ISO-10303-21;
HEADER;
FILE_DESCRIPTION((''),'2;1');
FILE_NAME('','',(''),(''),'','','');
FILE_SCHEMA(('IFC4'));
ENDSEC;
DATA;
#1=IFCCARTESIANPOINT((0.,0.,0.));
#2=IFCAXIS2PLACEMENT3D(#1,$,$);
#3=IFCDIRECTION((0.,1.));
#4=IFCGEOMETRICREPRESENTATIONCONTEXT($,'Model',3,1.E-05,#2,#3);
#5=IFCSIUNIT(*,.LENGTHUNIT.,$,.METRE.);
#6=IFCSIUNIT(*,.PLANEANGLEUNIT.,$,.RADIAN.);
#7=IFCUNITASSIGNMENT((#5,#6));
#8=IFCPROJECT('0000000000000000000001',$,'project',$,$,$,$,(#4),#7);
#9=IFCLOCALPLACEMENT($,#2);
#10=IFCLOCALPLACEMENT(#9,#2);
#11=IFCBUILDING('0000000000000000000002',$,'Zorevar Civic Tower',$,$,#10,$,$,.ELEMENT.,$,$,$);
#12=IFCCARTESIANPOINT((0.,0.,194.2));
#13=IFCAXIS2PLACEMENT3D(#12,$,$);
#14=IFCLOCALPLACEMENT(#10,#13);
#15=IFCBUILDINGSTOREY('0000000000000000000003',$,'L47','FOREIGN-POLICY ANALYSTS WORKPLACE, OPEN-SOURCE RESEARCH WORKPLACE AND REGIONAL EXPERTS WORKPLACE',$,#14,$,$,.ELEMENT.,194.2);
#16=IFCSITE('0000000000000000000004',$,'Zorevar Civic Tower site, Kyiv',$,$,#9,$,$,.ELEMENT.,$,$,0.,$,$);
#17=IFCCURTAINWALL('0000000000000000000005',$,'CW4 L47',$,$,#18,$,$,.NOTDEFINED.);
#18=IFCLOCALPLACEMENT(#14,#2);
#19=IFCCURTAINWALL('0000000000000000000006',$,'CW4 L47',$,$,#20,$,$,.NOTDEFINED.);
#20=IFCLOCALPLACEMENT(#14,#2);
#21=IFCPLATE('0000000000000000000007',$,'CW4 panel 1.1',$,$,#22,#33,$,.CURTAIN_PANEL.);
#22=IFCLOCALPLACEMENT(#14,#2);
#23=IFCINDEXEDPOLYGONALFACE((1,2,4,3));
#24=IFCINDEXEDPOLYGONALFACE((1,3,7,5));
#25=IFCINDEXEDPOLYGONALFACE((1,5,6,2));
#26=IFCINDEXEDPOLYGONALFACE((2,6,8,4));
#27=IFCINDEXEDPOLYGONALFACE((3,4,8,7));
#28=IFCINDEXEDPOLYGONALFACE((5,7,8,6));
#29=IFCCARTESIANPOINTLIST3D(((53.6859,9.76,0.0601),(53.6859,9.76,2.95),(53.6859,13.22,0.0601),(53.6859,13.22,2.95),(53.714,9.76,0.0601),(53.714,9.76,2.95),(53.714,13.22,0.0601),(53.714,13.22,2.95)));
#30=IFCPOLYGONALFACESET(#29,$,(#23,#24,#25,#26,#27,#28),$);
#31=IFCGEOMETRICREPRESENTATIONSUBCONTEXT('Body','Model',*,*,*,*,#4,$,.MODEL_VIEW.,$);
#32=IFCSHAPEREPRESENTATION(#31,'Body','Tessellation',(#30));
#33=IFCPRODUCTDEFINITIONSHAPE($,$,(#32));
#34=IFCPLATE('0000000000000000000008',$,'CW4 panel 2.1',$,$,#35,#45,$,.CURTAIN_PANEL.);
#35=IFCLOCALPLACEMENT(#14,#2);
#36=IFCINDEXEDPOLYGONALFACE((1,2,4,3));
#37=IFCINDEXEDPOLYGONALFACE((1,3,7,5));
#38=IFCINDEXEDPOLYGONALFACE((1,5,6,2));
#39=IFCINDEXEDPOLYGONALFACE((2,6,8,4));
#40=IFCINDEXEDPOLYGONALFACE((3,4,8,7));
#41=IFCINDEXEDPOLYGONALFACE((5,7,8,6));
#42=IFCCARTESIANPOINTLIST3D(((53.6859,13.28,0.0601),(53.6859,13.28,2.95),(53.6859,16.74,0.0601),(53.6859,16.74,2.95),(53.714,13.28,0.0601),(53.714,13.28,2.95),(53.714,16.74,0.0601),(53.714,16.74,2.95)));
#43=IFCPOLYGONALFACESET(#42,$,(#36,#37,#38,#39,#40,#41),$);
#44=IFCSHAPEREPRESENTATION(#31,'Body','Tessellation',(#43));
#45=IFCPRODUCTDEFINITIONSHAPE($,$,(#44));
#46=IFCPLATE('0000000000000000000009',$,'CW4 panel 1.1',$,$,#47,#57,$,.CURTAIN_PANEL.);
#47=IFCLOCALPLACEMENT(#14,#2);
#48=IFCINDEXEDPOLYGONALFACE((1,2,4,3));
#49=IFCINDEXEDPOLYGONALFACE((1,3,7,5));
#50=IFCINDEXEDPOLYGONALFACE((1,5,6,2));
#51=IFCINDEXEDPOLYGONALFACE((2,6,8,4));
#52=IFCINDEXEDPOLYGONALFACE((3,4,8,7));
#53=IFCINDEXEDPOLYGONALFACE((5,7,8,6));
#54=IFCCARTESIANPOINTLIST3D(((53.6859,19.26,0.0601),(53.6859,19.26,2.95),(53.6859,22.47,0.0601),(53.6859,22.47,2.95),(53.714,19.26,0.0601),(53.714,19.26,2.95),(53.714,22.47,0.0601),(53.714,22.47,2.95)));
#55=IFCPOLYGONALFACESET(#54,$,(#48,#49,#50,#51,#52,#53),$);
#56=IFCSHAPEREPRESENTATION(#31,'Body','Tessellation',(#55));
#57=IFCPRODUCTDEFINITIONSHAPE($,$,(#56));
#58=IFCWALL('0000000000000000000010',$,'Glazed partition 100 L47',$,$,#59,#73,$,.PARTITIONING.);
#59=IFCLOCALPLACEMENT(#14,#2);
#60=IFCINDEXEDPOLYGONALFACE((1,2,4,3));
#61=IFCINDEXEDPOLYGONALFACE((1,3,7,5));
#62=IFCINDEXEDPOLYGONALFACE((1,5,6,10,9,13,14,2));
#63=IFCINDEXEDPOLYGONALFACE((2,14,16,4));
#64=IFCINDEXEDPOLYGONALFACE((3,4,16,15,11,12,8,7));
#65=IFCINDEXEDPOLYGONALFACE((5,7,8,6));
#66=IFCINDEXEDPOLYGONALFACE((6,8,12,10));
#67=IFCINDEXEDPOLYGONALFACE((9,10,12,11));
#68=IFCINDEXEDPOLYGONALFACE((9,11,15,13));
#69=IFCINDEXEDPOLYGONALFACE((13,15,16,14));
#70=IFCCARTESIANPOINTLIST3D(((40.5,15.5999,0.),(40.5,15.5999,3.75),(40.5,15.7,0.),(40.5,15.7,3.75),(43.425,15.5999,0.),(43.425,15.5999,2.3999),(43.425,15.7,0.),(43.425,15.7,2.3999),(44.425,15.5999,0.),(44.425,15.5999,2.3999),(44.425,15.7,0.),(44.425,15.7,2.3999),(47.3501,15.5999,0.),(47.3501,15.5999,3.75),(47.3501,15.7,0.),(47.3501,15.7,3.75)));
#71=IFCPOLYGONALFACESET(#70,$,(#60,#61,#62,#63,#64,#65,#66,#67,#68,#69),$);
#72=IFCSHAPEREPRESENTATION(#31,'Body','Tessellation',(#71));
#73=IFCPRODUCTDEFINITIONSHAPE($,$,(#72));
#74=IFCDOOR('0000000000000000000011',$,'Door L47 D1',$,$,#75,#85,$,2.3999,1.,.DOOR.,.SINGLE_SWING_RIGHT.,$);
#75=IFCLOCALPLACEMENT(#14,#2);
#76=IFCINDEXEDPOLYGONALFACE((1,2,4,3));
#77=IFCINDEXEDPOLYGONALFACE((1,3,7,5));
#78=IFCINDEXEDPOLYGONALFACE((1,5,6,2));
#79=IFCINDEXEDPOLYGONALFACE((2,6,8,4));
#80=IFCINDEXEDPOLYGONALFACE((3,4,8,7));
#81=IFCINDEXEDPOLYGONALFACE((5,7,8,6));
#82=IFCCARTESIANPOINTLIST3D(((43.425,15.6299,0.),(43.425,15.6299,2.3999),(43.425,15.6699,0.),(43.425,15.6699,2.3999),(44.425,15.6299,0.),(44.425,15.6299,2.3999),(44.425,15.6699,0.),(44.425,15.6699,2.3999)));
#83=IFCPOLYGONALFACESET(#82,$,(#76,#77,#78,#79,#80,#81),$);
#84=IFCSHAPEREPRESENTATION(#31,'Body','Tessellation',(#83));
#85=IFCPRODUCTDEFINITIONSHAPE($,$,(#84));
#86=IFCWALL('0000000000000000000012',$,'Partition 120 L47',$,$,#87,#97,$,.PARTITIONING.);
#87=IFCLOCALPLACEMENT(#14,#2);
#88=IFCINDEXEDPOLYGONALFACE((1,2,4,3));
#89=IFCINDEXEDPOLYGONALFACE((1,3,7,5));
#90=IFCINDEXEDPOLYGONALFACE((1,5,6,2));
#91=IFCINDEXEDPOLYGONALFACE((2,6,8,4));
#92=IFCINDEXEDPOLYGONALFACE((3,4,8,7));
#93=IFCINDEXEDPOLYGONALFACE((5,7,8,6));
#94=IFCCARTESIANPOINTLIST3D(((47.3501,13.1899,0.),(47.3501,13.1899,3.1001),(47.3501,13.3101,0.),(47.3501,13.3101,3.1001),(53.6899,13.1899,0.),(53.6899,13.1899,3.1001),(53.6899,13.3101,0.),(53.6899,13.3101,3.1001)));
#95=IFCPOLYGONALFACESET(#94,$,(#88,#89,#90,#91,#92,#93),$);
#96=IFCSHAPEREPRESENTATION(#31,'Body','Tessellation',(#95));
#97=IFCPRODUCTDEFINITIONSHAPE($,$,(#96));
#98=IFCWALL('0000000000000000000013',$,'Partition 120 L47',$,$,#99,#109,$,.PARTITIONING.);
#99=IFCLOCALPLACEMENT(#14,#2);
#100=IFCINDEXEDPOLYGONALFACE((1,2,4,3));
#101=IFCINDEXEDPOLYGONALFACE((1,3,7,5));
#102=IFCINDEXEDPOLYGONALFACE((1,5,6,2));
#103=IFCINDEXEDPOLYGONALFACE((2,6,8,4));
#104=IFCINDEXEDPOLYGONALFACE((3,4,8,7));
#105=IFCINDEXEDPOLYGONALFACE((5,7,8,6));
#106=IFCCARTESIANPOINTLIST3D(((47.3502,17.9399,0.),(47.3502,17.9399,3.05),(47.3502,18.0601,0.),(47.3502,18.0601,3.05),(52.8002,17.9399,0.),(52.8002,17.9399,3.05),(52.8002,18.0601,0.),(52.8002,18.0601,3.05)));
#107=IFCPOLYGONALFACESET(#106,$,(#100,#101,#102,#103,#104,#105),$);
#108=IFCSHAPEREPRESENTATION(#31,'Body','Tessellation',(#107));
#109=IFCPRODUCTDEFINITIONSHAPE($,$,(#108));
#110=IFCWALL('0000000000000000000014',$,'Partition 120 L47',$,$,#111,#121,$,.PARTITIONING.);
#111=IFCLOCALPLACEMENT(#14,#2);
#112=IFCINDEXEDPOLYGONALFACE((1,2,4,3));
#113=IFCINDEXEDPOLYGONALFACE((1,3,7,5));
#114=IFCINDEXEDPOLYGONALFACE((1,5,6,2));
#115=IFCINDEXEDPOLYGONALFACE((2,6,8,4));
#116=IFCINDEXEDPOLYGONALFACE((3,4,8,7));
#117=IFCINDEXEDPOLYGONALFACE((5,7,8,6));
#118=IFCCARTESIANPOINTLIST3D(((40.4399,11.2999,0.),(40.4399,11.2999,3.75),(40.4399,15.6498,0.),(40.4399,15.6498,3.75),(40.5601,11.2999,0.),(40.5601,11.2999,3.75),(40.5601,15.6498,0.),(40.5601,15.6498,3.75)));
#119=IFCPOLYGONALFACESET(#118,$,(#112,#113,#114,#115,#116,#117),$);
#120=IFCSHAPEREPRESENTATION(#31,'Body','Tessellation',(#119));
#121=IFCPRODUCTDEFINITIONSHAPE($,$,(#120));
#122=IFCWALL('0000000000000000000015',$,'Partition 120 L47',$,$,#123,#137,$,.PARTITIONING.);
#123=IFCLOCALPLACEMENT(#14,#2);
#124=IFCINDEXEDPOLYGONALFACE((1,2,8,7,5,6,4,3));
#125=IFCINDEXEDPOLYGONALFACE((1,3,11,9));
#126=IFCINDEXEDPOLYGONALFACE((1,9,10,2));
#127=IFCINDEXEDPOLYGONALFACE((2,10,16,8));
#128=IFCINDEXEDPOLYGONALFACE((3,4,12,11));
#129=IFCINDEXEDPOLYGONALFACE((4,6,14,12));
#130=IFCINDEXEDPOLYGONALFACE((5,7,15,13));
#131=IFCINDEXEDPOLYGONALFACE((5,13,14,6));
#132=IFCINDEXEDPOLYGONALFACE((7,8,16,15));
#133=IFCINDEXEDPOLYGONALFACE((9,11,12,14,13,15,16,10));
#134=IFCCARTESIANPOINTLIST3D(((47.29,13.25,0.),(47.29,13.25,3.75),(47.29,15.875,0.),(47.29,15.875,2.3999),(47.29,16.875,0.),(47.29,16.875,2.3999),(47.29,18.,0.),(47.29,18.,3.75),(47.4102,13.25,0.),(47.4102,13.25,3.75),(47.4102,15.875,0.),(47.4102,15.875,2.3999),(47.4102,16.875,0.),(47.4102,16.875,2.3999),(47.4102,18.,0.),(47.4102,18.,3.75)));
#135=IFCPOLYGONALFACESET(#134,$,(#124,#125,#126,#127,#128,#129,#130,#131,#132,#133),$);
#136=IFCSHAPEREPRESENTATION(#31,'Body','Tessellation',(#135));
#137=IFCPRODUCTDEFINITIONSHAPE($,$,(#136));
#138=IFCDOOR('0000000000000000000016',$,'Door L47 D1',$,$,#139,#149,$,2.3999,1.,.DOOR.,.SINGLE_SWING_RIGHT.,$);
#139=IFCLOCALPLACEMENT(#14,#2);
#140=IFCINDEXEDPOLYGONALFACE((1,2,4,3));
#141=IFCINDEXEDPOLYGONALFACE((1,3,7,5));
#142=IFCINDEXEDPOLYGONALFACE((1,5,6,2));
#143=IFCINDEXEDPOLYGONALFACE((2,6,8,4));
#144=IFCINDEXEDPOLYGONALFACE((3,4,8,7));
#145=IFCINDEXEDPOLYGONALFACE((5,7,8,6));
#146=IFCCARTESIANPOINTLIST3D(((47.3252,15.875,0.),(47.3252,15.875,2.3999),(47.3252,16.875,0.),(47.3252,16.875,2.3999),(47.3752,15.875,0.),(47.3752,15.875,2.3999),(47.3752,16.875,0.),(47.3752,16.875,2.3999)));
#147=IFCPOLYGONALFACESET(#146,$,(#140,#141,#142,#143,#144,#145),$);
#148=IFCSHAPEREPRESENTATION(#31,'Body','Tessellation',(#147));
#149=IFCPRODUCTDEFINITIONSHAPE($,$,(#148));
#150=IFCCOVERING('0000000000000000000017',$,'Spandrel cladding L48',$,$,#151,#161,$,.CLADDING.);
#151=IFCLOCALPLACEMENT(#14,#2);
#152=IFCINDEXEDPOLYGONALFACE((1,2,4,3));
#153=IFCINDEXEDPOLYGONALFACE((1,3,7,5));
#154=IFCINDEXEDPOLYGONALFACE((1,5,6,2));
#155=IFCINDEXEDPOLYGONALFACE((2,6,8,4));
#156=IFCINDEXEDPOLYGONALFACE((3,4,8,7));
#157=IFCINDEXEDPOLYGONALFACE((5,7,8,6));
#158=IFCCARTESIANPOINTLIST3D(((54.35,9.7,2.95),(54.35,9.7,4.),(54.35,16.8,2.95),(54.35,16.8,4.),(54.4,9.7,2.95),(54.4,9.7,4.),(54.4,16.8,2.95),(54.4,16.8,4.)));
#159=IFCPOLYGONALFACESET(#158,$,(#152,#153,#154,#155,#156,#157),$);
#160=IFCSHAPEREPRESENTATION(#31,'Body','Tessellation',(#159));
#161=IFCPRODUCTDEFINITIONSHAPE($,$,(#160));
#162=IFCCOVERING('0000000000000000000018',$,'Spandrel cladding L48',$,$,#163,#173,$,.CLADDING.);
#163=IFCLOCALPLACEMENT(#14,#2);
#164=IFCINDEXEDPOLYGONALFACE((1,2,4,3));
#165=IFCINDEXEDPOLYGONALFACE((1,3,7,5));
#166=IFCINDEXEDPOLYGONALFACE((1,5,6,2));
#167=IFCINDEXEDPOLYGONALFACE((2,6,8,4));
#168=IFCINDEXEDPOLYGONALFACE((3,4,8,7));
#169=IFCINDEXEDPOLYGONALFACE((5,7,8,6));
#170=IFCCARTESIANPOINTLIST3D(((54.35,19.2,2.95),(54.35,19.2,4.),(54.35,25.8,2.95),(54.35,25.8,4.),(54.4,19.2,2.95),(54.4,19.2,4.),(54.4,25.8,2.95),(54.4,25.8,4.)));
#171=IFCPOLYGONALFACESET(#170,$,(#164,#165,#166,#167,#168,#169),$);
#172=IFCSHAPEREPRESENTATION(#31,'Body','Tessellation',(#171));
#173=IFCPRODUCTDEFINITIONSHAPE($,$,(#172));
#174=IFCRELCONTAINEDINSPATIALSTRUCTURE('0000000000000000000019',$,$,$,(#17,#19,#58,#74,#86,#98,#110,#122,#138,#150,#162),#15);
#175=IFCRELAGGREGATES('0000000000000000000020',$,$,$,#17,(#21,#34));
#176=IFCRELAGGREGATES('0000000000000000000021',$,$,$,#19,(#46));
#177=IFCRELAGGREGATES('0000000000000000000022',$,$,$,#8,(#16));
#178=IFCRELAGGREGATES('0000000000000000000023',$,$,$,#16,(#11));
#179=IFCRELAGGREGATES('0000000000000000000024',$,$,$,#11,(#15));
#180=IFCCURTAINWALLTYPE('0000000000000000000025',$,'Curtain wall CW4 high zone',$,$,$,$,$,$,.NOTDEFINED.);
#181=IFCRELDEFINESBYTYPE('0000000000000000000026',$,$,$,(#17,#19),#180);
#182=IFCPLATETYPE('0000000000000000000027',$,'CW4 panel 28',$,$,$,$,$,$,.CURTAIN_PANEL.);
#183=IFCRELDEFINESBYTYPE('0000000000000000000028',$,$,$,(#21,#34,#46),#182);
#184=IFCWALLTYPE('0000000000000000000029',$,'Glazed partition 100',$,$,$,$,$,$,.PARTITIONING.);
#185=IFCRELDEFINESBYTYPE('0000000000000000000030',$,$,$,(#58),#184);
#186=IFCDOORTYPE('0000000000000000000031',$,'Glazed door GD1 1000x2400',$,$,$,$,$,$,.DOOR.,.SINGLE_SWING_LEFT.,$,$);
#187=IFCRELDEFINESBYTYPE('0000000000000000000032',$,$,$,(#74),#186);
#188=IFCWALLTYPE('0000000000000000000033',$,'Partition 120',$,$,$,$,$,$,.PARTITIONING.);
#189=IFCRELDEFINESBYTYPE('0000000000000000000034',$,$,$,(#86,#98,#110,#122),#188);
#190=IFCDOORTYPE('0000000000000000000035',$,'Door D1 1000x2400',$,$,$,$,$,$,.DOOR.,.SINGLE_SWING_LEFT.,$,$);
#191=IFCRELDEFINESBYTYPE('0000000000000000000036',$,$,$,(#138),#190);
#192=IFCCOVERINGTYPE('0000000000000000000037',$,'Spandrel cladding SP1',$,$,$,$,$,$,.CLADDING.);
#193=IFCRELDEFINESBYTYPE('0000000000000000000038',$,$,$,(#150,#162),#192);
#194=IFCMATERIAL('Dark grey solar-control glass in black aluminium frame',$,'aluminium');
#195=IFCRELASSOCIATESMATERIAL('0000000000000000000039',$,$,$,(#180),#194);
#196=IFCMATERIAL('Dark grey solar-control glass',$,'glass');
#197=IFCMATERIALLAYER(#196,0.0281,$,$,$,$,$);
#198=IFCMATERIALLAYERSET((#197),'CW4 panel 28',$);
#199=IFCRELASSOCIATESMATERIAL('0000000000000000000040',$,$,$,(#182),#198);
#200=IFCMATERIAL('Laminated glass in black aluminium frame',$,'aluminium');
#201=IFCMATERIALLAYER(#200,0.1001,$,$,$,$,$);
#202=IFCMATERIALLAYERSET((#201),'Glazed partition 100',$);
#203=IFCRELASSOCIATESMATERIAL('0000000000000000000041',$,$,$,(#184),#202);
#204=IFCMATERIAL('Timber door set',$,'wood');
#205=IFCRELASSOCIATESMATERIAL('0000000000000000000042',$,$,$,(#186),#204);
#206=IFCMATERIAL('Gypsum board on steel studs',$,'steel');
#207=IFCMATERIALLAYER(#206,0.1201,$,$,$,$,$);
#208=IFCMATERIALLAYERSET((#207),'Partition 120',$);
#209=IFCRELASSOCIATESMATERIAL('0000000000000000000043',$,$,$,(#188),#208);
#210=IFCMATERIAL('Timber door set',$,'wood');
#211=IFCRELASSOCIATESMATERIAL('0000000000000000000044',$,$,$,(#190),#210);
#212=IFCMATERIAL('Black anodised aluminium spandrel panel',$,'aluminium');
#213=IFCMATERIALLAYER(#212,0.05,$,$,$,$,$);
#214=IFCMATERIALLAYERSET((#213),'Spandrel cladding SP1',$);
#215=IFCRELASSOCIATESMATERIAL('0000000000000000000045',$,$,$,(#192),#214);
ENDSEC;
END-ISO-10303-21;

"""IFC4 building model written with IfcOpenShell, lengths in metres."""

from ifc_helpers import new_model, si_unit, direction, frame, frame_2d, origin, origin_2d, place, context, subcontext, project, spatial, rectangle, extrude, material, layer, layer_set, type_object, element, fill, aggregate, save


model = new_model("IFC4")

# Units and contexts
model_context = context("Model", 3, precision=1e-05, world=origin(), true_north=direction((0.0, 1.0)))
body_context = subcontext(model_context, "Body", "Model", "MODEL_VIEW")
ifc_project = project(units=[si_unit("LENGTHUNIT", "METRE"), si_unit("PLANEANGLEUNIT", "RADIAN")], contexts=[model_context])

# Site, building, storey
site_placement = place(None, origin())
site = spatial("IfcSite", under=ifc_project, at=site_placement, Name="Zorevar Civic Tower site, Kyiv", CompositionType="ELEMENT", RefElevation=0.0)
building_placement = place(site_placement, origin())
building = spatial("IfcBuilding", under=site, at=building_placement, Name="Zorevar Civic Tower", CompositionType="ELEMENT")
storey_placement = place(building_placement, frame((0.0, 0.0, 194.2)))
storey = spatial("IfcBuildingStorey", under=building, at=storey_placement, Name="L47", Description="FOREIGN-POLICY ANALYSTS WORKPLACE, OPEN-SOURCE RESEARCH WORKPLACE AND REGIONAL EXPERTS WORKPLACE", CompositionType="ELEMENT", Elevation=194.2)

# Curtain wall
ifc_material_1 = material(Name="Dark grey solar-control glass in black aluminium frame", Category="aluminium")
curtain_wall_type = type_object("IfcCurtainWallType", Name="Curtain wall CW4 high zone", PredefinedType="NOTDEFINED", material=ifc_material_1)
curtain_wall_1_placement = place(storey_placement, origin())
curtain_wall_1 = element("IfcCurtainWall", 1, at=curtain_wall_1_placement, inside=storey, type_object=curtain_wall_type, Name="CW4 L47", PredefinedType="NOTDEFINED")

# Curtain wall
curtain_wall_2_placement = place(storey_placement, origin())
curtain_wall_2 = element("IfcCurtainWall", 2, at=curtain_wall_2_placement, inside=storey, type_object=curtain_wall_type, Name="CW4 L47", PredefinedType="NOTDEFINED")

# Plates
ifc_material_2 = material(Name="Dark grey solar-control glass", Category="glass")
ifc_layer_1 = layer(ifc_material_2, 0.0281)
ifc_layer_set_1 = layer_set([ifc_layer_1], Name="CW4 panel 28")
plate_type = type_object("IfcPlateType", Name="CW4 panel 28", PredefinedType="CURTAIN_PANEL", material=ifc_layer_set_1)
plate_1_placement = place(storey_placement, frame((53.7, 11.49, 0.0601), z_axis=(0.0, 0.0, 1.0), x_axis=(0.0, 1.0, 0.0)))
plate_1 = element("IfcPlate", 3, at=plate_1_placement, type_object=plate_type, Name="CW4 panel 1.1", PredefinedType="CURTAIN_PANEL", context=body_context, shape_type="SweptSolid", body=[
    extrude(rectangle(XDim=3.46, YDim=0.0281, at=origin_2d()), origin(), (0.0, 0.0, 1.0), 2.8899),
])
plate_2_placement = place(storey_placement, frame((53.7, 15.01, 0.0601), z_axis=(0.0, 0.0, 1.0), x_axis=(0.0, 1.0, 0.0)))
plate_2 = element("IfcPlate", 4, at=plate_2_placement, type_object=plate_type, Name="CW4 panel 2.1", PredefinedType="CURTAIN_PANEL", context=body_context, shape_type="SweptSolid", body=[
    extrude(rectangle(XDim=3.46, YDim=0.0281, at=origin_2d()), origin(), (0.0, 0.0, 1.0), 2.8899),
])
aggregate(curtain_wall_1, [plate_1, plate_2])
plate_3_placement = place(storey_placement, frame((53.7, 20.865, 0.0601), z_axis=(0.0, 0.0, 1.0), x_axis=(0.0, 1.0, 0.0)))
plate_3 = element("IfcPlate", 5, at=plate_3_placement, type_object=plate_type, Name="CW4 panel 1.1", PredefinedType="CURTAIN_PANEL", context=body_context, shape_type="SweptSolid", body=[
    extrude(rectangle(XDim=3.21, YDim=0.0281, at=origin_2d()), origin(), (0.0, 0.0, 1.0), 2.8899),
])
aggregate(curtain_wall_2, [plate_3])

# Wall, opening, door
ifc_material_3 = material(Name="Laminated glass in black aluminium frame", Category="aluminium")
ifc_layer_2 = layer(ifc_material_3, 0.1001)
ifc_layer_set_2 = layer_set([ifc_layer_2], Name="Glazed partition 100")
wall_type_1 = type_object("IfcWallType", Name="Glazed partition 100", PredefinedType="PARTITIONING", material=ifc_layer_set_2)
wall_1_placement = place(storey_placement, frame((40.5, 15.6499, 0.0), z_axis=(0.0, 0.0, 1.0), x_axis=(1.0, 0.0, 0.0)))
wall_1 = element("IfcWall", 6, at=wall_1_placement, inside=storey, type_object=wall_type_1, Name="Glazed partition 100 L47", PredefinedType="PARTITIONING", context=body_context, shape_type="SweptSolid", body=[
    extrude(rectangle(XDim=6.8501, YDim=0.1001, at=frame_2d((3.425, 0.0))), origin(), (0.0, 0.0, 1.0), 3.75),
])
opening_1_placement = place(wall_1_placement, frame((2.925, 0.0, 0.0)))
opening_1 = element("IfcOpeningElement", 7, at=opening_1_placement, cuts=wall_1, PredefinedType="OPENING", context=body_context, shape_type="SweptSolid", body=[
    extrude(rectangle(XDim=1.0, YDim=2.3999, at=frame_2d((0.5, 1.2))), frame((0.0, 0.0601, 0.0), z_axis=(0.0, -1.0, 0.0), x_axis=(1.0, 0.0, 0.0)), (0.0, 0.0, 1.0), 0.1201),
])
ifc_material_4 = material(Name="Timber door set", Category="wood")
door_type_1 = type_object("IfcDoorType", Name="Glazed door GD1 1000x2400", OperationType="SINGLE_SWING_LEFT", PredefinedType="DOOR", material=ifc_material_4)
door_1_placement = place(opening_1_placement, origin())
door_1 = element("IfcDoor", 8, at=door_1_placement, inside=storey, type_object=door_type_1, Name="Door L47 D1", OperationType="SINGLE_SWING_RIGHT", OverallHeight=2.3999, OverallWidth=1.0, PredefinedType="DOOR", context=body_context, shape_type="SweptSolid", body=[
    extrude(rectangle(XDim=1.0, YDim=2.3999, at=frame_2d((0.5, 1.2))), frame((0.0, 0.02, 0.0), z_axis=(0.0, -1.0, 0.0), x_axis=(1.0, 0.0, 0.0)), (0.0, 0.0, 1.0), 0.04),
])
fill(opening_1, door_1)

# Walls
ifc_material_5 = material(Name="Gypsum board on steel studs", Category="steel")
ifc_layer_3 = layer(ifc_material_5, 0.1201)
ifc_layer_set_3 = layer_set([ifc_layer_3], Name="Partition 120")
wall_type_2 = type_object("IfcWallType", Name="Partition 120", PredefinedType="PARTITIONING", material=ifc_layer_set_3)
wall_2_placement = place(storey_placement, frame((47.3501, 13.25, 0.0), z_axis=(0.0, 0.0, 1.0), x_axis=(1.0, 0.0, 0.0)))
element("IfcWall", 9, at=wall_2_placement, inside=storey, type_object=wall_type_2, Name="Partition 120 L47", PredefinedType="PARTITIONING", context=body_context, shape_type="SweptSolid", body=[
    extrude(rectangle(XDim=6.3398, YDim=0.1201, at=frame_2d((3.1699, 0.0))), origin(), (0.0, 0.0, 1.0), 3.1001),
])
wall_3_placement = place(storey_placement, frame((47.3501, 18.0, 0.0), z_axis=(0.0, 0.0, 1.0), x_axis=(1.0, 0.0, 0.0)))
element("IfcWall", 10, at=wall_3_placement, inside=storey, type_object=wall_type_2, Name="Partition 120 L47", PredefinedType="PARTITIONING", context=body_context, shape_type="SweptSolid", body=[
    extrude(rectangle(XDim=5.45, YDim=0.1201, at=frame_2d((2.7251, 0.0))), origin(), (0.0, 0.0, 1.0), 3.05),
])
wall_4_placement = place(storey_placement, frame((40.5, 11.3, 0.0), z_axis=(0.0, 0.0, 1.0), x_axis=(0.0, 1.0, 0.0)))
element("IfcWall", 11, at=wall_4_placement, inside=storey, type_object=wall_type_2, Name="Partition 120 L47", PredefinedType="PARTITIONING", context=body_context, shape_type="SweptSolid", body=[
    extrude(rectangle(XDim=4.3499, YDim=0.1201, at=frame_2d((2.1748, 0.0))), origin(), (0.0, 0.0, 1.0), 3.75),
])

# Wall, opening, door
wall_5_placement = place(storey_placement, frame((47.3501, 13.25, 0.0), z_axis=(0.0, 0.0, 1.0), x_axis=(0.0, 1.0, 0.0)))
wall_5 = element("IfcWall", 12, at=wall_5_placement, inside=storey, type_object=wall_type_2, Name="Partition 120 L47", PredefinedType="PARTITIONING", context=body_context, shape_type="SweptSolid", body=[
    extrude(rectangle(XDim=4.75, YDim=0.1201, at=frame_2d((2.375, 0.0))), origin(), (0.0, 0.0, 1.0), 3.75),
])
opening_2_placement = place(wall_5_placement, frame((2.625, 0.0, 0.0)))
opening_2 = element("IfcOpeningElement", 13, at=opening_2_placement, cuts=wall_5, PredefinedType="OPENING", context=body_context, shape_type="SweptSolid", body=[
    extrude(rectangle(XDim=1.0, YDim=2.3999, at=frame_2d((0.5, 1.2))), frame((0.0, 0.0701, 0.0), z_axis=(0.0, -1.0, 0.0), x_axis=(1.0, 0.0, 0.0)), (0.0, 0.0, 1.0), 0.1401),
])
ifc_material_6 = material(Name="Timber door set", Category="wood")
door_type_2 = type_object("IfcDoorType", Name="Door D1 1000x2400", OperationType="SINGLE_SWING_LEFT", PredefinedType="DOOR", material=ifc_material_6)
door_2_placement = place(opening_2_placement, origin())
door_2 = element("IfcDoor", 14, at=door_2_placement, inside=storey, type_object=door_type_2, Name="Door L47 D1", OperationType="SINGLE_SWING_RIGHT", OverallHeight=2.3999, OverallWidth=1.0, PredefinedType="DOOR", context=body_context, shape_type="SweptSolid", body=[
    extrude(rectangle(XDim=1.0, YDim=2.3999, at=frame_2d((0.5, 1.2))), frame((0.0, 0.0249, 0.0), z_axis=(0.0, -1.0, 0.0), x_axis=(1.0, 0.0, 0.0)), (0.0, 0.0, 1.0), 0.05),
])
fill(opening_2, door_2)

# Coverings
ifc_material_7 = material(Name="Black anodised aluminium spandrel panel", Category="aluminium")
ifc_layer_4 = layer(ifc_material_7, 0.05)
ifc_layer_set_4 = layer_set([ifc_layer_4], Name="Spandrel cladding SP1")
covering_type = type_object("IfcCoveringType", Name="Spandrel cladding SP1", PredefinedType="CLADDING", material=ifc_layer_set_4)
covering_1_placement = place(storey_placement, frame((54.375, 9.7, 2.95), z_axis=(0.0, 0.0, 1.0), x_axis=(0.0, 1.0, 0.0)))
element("IfcCovering", 15, at=covering_1_placement, inside=storey, type_object=covering_type, Name="Spandrel cladding L48", PredefinedType="CLADDING", context=body_context, shape_type="SweptSolid", body=[
    extrude(rectangle(XDim=7.1001, YDim=0.05, at=frame_2d((3.55, 0.0))), origin(), (0.0, 0.0, 1.0), 1.05),
])
covering_2_placement = place(storey_placement, frame((54.375, 19.2, 2.95), z_axis=(0.0, 0.0, 1.0), x_axis=(0.0, 1.0, 0.0)))
element("IfcCovering", 16, at=covering_2_placement, inside=storey, type_object=covering_type, Name="Spandrel cladding L48", PredefinedType="CLADDING", context=body_context, shape_type="SweptSolid", body=[
    extrude(rectangle(XDim=6.6001, YDim=0.05, at=frame_2d((3.3, 0.0))), origin(), (0.0, 0.0, 1.0), 1.05),
])

save(model, "model.ifc")
